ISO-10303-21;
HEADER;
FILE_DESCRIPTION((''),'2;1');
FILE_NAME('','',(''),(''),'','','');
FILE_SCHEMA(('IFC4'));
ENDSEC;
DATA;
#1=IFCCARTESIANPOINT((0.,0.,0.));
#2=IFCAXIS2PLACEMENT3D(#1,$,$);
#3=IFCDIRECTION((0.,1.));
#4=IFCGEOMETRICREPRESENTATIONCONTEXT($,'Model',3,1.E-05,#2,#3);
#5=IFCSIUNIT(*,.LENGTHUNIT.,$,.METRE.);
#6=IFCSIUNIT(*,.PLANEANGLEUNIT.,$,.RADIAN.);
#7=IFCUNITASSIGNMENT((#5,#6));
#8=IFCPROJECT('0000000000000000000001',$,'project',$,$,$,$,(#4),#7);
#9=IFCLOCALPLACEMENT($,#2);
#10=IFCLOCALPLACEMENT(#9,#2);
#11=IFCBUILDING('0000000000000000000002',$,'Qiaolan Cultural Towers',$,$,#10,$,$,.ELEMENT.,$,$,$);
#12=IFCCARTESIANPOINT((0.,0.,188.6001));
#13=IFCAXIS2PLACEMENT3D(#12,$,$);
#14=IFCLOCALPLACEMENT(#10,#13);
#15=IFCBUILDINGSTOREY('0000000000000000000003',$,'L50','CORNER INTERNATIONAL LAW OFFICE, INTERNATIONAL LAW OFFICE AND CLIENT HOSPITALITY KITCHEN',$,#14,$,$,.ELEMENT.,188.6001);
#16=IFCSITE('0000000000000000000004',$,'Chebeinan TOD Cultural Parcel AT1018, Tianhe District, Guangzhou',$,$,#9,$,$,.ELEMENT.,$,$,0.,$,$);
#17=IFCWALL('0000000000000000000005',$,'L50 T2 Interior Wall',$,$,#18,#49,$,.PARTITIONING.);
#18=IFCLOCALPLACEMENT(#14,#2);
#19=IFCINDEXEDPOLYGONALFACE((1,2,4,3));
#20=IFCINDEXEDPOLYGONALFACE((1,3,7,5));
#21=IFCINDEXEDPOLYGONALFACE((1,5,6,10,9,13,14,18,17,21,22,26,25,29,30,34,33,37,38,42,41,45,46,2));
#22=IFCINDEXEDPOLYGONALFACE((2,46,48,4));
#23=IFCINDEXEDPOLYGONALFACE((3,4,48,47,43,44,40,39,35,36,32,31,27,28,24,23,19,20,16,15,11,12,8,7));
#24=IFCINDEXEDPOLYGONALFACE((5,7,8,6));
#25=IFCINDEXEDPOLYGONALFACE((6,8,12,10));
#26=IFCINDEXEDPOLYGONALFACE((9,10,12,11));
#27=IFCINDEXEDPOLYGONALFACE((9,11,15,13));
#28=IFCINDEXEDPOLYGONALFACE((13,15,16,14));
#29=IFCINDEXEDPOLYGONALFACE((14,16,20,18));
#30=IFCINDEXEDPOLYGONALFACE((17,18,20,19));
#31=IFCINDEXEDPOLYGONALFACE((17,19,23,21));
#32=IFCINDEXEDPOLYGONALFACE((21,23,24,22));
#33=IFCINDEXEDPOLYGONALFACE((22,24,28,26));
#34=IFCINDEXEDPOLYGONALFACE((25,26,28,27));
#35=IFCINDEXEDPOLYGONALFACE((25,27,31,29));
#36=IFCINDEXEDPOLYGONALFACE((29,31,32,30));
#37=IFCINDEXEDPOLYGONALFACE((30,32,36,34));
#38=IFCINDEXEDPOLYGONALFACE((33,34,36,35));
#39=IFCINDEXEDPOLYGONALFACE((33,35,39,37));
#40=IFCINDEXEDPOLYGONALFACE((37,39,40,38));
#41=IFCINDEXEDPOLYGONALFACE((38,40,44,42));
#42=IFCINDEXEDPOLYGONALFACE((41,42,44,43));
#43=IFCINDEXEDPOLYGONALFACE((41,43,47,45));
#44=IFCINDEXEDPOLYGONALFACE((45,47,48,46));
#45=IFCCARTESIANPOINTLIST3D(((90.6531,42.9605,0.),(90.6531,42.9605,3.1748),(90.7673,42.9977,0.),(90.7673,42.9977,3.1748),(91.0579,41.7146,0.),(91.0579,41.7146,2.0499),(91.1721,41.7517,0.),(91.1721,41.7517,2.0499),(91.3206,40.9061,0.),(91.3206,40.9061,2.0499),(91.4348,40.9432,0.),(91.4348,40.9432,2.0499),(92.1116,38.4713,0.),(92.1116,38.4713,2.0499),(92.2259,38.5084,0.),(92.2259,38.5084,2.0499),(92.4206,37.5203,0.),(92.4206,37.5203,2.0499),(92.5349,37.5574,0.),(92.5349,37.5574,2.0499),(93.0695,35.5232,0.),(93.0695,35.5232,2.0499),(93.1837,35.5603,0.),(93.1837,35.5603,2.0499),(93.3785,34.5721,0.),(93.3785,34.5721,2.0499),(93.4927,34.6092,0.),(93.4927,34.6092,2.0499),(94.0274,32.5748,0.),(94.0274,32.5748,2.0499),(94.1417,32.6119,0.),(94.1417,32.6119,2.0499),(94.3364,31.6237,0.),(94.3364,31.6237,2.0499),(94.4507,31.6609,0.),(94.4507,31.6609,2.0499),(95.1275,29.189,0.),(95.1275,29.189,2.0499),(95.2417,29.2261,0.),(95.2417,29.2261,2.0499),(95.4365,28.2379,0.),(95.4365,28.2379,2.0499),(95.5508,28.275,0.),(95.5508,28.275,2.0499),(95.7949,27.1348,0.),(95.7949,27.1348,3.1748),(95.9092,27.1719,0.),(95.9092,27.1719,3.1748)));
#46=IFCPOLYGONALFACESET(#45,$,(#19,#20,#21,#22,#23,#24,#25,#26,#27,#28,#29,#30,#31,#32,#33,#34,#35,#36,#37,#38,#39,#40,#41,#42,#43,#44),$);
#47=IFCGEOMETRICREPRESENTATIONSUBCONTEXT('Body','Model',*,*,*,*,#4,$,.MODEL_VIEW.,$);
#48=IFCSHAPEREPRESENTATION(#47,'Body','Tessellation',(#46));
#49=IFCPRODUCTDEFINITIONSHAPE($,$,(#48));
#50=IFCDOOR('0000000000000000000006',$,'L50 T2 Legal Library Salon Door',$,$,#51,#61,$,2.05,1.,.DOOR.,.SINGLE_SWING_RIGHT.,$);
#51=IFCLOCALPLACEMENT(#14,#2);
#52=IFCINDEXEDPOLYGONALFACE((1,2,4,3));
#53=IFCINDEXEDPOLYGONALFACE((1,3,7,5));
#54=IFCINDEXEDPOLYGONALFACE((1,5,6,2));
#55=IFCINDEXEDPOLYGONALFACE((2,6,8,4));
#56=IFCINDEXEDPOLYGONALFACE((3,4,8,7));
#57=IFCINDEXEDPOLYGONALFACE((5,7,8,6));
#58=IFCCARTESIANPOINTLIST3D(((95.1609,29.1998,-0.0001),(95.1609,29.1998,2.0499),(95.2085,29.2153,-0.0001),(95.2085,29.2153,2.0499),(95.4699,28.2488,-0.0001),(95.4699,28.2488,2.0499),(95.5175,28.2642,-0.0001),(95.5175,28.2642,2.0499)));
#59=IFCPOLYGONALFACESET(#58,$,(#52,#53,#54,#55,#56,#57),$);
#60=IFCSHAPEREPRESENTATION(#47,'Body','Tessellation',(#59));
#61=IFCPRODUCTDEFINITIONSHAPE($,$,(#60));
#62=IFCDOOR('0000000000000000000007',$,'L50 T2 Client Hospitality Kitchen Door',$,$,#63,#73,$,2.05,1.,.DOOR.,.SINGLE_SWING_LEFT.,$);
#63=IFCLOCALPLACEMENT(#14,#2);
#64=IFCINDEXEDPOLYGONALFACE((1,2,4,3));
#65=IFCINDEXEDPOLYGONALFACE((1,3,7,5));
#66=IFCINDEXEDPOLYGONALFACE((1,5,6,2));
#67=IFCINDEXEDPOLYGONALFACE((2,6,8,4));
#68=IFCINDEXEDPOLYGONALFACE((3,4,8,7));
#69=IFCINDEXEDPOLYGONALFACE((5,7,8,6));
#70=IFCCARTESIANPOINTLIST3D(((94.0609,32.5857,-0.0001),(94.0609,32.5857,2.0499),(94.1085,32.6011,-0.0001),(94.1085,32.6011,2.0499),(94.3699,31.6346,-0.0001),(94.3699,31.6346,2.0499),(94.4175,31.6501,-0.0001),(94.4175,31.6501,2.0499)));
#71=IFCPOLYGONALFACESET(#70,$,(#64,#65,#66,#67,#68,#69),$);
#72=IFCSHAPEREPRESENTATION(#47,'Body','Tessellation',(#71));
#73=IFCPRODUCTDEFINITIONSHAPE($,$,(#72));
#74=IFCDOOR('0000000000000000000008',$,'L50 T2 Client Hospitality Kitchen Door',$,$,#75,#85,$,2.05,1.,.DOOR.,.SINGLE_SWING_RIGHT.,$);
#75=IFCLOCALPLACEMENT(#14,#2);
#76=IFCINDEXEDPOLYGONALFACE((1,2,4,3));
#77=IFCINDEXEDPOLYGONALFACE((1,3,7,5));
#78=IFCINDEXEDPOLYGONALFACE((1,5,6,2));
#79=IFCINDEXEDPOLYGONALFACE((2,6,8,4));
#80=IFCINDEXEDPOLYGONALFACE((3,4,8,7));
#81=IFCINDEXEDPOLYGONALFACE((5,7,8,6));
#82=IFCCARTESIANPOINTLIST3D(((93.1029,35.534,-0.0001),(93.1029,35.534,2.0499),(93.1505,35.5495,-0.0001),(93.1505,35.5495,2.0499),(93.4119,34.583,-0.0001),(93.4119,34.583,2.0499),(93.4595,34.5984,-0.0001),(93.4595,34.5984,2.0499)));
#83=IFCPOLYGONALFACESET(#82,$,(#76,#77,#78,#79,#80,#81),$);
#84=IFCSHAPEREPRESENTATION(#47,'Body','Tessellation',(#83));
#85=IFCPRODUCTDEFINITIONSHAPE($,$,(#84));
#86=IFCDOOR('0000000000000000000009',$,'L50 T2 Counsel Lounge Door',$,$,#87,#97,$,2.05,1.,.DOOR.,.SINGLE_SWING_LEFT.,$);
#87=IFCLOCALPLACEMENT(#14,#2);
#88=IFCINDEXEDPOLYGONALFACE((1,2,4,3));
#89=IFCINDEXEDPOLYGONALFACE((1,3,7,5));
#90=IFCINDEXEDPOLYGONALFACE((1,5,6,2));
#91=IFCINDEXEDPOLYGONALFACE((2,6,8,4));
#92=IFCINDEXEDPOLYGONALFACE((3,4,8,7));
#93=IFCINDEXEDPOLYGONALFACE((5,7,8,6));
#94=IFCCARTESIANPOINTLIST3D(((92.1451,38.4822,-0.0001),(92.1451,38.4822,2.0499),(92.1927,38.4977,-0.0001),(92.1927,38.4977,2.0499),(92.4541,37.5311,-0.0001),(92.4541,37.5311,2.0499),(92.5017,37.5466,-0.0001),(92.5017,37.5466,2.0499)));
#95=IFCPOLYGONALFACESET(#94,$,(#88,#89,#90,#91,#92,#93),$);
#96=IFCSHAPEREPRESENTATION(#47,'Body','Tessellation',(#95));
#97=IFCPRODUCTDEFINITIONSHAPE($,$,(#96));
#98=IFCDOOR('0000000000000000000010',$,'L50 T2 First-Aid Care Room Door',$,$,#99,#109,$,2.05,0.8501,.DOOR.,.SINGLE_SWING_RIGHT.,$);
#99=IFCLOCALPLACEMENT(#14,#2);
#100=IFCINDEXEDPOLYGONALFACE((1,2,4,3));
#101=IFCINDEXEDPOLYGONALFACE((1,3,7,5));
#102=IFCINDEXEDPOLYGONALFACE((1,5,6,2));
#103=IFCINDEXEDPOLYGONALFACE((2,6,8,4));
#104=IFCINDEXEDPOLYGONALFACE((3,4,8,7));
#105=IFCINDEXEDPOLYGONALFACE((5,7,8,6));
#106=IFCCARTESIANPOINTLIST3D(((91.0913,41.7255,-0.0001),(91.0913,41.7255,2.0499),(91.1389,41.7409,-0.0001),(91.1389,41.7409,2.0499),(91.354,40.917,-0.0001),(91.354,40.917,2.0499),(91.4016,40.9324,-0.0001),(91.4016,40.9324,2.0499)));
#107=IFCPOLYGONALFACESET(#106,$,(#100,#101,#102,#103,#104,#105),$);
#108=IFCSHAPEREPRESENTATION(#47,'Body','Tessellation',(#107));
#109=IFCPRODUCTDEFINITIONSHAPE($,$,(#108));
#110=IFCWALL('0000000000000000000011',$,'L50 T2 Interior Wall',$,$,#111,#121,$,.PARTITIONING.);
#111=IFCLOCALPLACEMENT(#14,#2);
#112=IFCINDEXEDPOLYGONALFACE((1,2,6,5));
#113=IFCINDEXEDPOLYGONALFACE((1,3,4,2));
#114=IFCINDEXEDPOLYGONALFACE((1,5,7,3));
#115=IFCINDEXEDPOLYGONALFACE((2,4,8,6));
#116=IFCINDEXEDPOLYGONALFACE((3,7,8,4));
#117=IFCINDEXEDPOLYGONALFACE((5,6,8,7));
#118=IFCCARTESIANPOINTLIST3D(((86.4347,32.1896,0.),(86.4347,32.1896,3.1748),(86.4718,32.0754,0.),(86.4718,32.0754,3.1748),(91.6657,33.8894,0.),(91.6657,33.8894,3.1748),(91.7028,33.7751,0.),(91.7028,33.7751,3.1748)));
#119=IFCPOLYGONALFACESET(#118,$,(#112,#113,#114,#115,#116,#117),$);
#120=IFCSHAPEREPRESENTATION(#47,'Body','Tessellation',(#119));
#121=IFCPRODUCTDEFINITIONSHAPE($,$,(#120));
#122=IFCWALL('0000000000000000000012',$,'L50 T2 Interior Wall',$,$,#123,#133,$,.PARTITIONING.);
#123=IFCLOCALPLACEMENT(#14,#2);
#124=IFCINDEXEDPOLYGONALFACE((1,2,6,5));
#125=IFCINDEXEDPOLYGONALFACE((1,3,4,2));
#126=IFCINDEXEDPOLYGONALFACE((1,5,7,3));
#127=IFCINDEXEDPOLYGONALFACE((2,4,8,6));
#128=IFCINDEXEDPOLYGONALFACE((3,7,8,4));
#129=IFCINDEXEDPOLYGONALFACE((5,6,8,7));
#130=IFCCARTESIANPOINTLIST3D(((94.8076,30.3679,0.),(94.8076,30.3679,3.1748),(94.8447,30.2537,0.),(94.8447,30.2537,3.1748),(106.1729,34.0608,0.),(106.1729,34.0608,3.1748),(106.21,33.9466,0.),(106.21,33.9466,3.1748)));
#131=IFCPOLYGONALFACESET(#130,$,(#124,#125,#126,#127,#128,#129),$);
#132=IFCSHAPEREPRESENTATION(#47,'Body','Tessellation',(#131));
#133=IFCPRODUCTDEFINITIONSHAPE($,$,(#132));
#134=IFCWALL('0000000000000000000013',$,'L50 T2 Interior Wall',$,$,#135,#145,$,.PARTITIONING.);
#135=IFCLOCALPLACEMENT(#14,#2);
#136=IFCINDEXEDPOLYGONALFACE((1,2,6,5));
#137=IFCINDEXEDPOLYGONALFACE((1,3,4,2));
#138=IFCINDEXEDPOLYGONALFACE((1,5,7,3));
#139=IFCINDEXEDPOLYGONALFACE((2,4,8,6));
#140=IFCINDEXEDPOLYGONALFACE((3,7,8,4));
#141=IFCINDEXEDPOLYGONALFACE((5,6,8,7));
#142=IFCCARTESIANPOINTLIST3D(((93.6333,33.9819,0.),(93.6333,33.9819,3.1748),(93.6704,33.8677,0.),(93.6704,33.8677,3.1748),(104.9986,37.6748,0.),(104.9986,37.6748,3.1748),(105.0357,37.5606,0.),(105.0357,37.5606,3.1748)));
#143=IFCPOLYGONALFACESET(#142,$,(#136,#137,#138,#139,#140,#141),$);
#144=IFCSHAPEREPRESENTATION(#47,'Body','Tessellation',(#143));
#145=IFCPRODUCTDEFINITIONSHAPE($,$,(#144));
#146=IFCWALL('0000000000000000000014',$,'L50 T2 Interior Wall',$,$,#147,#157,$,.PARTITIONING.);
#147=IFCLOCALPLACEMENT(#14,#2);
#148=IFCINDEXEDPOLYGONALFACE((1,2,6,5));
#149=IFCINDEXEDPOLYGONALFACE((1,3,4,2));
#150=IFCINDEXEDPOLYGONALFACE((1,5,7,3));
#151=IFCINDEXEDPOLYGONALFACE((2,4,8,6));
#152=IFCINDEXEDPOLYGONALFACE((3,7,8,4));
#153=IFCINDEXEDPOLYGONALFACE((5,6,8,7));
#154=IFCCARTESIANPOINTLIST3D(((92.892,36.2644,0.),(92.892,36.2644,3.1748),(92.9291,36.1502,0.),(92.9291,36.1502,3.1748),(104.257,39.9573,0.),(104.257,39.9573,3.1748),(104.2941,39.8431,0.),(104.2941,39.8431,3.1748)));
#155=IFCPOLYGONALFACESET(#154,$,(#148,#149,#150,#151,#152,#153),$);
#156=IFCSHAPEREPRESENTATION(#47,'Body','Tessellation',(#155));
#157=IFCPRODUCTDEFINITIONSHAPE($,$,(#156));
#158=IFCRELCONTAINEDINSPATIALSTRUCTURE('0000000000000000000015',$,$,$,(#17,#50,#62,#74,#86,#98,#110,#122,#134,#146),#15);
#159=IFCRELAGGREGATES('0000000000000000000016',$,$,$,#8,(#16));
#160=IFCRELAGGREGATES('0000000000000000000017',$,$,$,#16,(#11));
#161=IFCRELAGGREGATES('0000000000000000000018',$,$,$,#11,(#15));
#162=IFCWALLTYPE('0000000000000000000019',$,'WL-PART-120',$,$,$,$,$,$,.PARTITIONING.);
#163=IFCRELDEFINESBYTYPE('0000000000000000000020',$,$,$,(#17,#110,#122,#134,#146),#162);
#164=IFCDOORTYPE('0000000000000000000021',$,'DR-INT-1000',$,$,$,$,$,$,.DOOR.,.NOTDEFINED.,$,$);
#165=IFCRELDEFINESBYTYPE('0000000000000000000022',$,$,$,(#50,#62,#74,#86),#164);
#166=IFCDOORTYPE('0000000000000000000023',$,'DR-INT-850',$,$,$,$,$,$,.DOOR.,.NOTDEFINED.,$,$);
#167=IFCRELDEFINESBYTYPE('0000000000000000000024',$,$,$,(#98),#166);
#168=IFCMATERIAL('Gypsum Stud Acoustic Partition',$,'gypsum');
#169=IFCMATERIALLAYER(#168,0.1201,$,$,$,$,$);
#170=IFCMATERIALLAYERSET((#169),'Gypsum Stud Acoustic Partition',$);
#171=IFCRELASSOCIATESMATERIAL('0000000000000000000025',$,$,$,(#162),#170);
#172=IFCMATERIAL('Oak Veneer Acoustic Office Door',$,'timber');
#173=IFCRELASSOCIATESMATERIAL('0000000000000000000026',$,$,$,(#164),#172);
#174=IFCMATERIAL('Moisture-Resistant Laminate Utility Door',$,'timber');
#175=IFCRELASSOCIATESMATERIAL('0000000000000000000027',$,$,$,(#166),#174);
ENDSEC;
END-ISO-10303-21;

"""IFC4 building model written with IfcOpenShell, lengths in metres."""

from ifc_helpers import new_model, si_unit, direction, frame, frame_2d, origin, place, context, subcontext, project, spatial, rectangle, extrude, material, layer, layer_set, type_object, element, fill, save


model = new_model("IFC4")

# Units and contexts
model_context = context("Model", 3, precision=1e-05, world=origin(), true_north=direction((0.0, 1.0)))
body_context = subcontext(model_context, "Body", "Model", "MODEL_VIEW")
ifc_project = project(units=[si_unit("LENGTHUNIT", "METRE"), si_unit("PLANEANGLEUNIT", "RADIAN")], contexts=[model_context])

# Site, building, storey
site_placement = place(None, origin())
site = spatial("IfcSite", under=ifc_project, at=site_placement, Name="Chebeinan TOD Cultural Parcel AT1018, Tianhe District, Guangzhou", CompositionType="ELEMENT", RefElevation=0.0)
building_placement = place(site_placement, origin())
building = spatial("IfcBuilding", under=site, at=building_placement, Name="Qiaolan Cultural Towers", CompositionType="ELEMENT")
storey_placement = place(building_placement, frame((0.0, 0.0, 188.6001)))
storey = spatial("IfcBuildingStorey", under=building, at=storey_placement, Name="L50", Description="CORNER INTERNATIONAL LAW OFFICE, INTERNATIONAL LAW OFFICE AND CLIENT HOSPITALITY KITCHEN", CompositionType="ELEMENT", Elevation=188.6001)

# Shared definitions
ifc_material_1 = material(Name="Gypsum Stud Acoustic Partition", Category="gypsum")
ifc_layer_1 = layer(ifc_material_1, 0.1201)
ifc_layer_set_1 = layer_set([ifc_layer_1], Name="Gypsum Stud Acoustic Partition")
wall_type_1 = type_object("IfcWallType", Name="WL-PART-120", PredefinedType="PARTITIONING", material=ifc_layer_set_1)

# Wall, openings, doors
wall_1_placement = place(storey_placement, frame((95.8521, 27.1533, 0.0), z_axis=(0.0, 0.0, 1.0), x_axis=(-0.309004, 0.951061, 0.0)))
wall_1 = element("IfcWall", 1, at=wall_1_placement, inside=storey, type_object=wall_type_1, Name="L50 T2 Interior Wall", PredefinedType="PARTITIONING", context=body_context, shape_type="SweptSolid", body=[
    extrude(rectangle(XDim=16.6401, YDim=0.1201, at=frame_2d((8.3201, 0.0))), origin(), (0.0, 0.0, 1.0), 3.1748),
])
opening_1_placement = place(wall_1_placement, frame((1.1599, 0.0, 0.0)))
opening_1 = element("IfcOpeningElement", 2, at=opening_1_placement, cuts=wall_1, PredefinedType="OPENING", context=body_context, shape_type="SweptSolid", body=[
    extrude(rectangle(XDim=1.0, YDim=2.05, at=frame_2d((0.5, 1.0249))), frame((0.0, 0.0701, 0.0), z_axis=(0.0, -1.0, 0.0), x_axis=(1.0, 0.0, 0.0)), (0.0, 0.0, 1.0), 0.1401),
])
opening_2_placement = place(wall_1_placement, frame((4.72, 0.0, 0.0)))
opening_2 = element("IfcOpeningElement", 3, at=opening_2_placement, cuts=wall_1, PredefinedType="OPENING", context=body_context, shape_type="SweptSolid", body=[
    extrude(rectangle(XDim=1.0, YDim=2.05, at=frame_2d((0.5, 1.0249))), frame((0.0, 0.0701, 0.0), z_axis=(0.0, -1.0, 0.0), x_axis=(1.0, 0.0, 0.0)), (0.0, 0.0, 1.0), 0.1401),
])
opening_3_placement = place(wall_1_placement, frame((7.8201, 0.0, 0.0)))
opening_3 = element("IfcOpeningElement", 4, at=opening_3_placement, cuts=wall_1, PredefinedType="OPENING", context=body_context, shape_type="SweptSolid", body=[
    extrude(rectangle(XDim=1.0, YDim=2.05, at=frame_2d((0.5, 1.0249))), frame((0.0, 0.0701, 0.0), z_axis=(0.0, -1.0, 0.0), x_axis=(1.0, 0.0, 0.0)), (0.0, 0.0, 1.0), 0.1401),
])
opening_4_placement = place(wall_1_placement, frame((10.9199, 0.0, 0.0)))
opening_4 = element("IfcOpeningElement", 5, at=opening_4_placement, cuts=wall_1, PredefinedType="OPENING", context=body_context, shape_type="SweptSolid", body=[
    extrude(rectangle(XDim=1.0, YDim=2.05, at=frame_2d((0.5, 1.0249))), frame((0.0, 0.0701, 0.0), z_axis=(0.0, -1.0, 0.0), x_axis=(1.0, 0.0, 0.0)), (0.0, 0.0, 1.0), 0.1401),
])
opening_5_placement = place(wall_1_placement, frame((14.48, 0.0, 0.0)))
opening_5 = element("IfcOpeningElement", 6, at=opening_5_placement, cuts=wall_1, PredefinedType="OPENING", context=body_context, shape_type="SweptSolid", body=[
    extrude(rectangle(XDim=0.8501, YDim=2.05, at=frame_2d((0.425, 1.0249))), frame((0.0, 0.0701, 0.0), z_axis=(0.0, -1.0, 0.0), x_axis=(1.0, 0.0, 0.0)), (0.0, 0.0, 1.0), 0.1401),
])
ifc_material_2 = material(Name="Oak Veneer Acoustic Office Door", Category="timber")
door_type_1 = type_object("IfcDoorType", Name="DR-INT-1000", OperationType="NOTDEFINED", PredefinedType="DOOR", material=ifc_material_2)
door_1_placement = place(opening_1_placement, origin())
door_1 = element("IfcDoor", 7, at=door_1_placement, inside=storey, type_object=door_type_1, Name="L50 T2 Legal Library Salon Door", OperationType="SINGLE_SWING_RIGHT", OverallHeight=2.05, OverallWidth=1.0, PredefinedType="DOOR", context=body_context, shape_type="SweptSolid", body=[
    extrude(rectangle(XDim=1.0, YDim=2.05, at=frame_2d((0.5, 1.0249))), frame((0.0, 0.0249, 0.0), z_axis=(0.0, -1.0, 0.0), x_axis=(1.0, 0.0, 0.0)), (0.0, 0.0, 1.0), 0.05),
])
fill(opening_1, door_1)
door_2_placement = place(opening_2_placement, origin())
door_2 = element("IfcDoor", 8, at=door_2_placement, inside=storey, type_object=door_type_1, Name="L50 T2 Client Hospitality Kitchen Door", OperationType="SINGLE_SWING_LEFT", OverallHeight=2.05, OverallWidth=1.0, PredefinedType="DOOR", context=body_context, shape_type="SweptSolid", body=[
    extrude(rectangle(XDim=1.0, YDim=2.05, at=frame_2d((0.5, 1.0249))), frame((0.0, 0.0249, 0.0), z_axis=(0.0, -1.0, 0.0), x_axis=(1.0, 0.0, 0.0)), (0.0, 0.0, 1.0), 0.05),
])
fill(opening_2, door_2)
door_3_placement = place(opening_3_placement, origin())
door_3 = element("IfcDoor", 9, at=door_3_placement, inside=storey, type_object=door_type_1, Name="L50 T2 Client Hospitality Kitchen Door", OperationType="SINGLE_SWING_RIGHT", OverallHeight=2.05, OverallWidth=1.0, PredefinedType="DOOR", context=body_context, shape_type="SweptSolid", body=[
    extrude(rectangle(XDim=1.0, YDim=2.05, at=frame_2d((0.5, 1.0249))), frame((0.0, 0.0249, 0.0), z_axis=(0.0, -1.0, 0.0), x_axis=(1.0, 0.0, 0.0)), (0.0, 0.0, 1.0), 0.05),
])
fill(opening_3, door_3)
door_4_placement = place(opening_4_placement, origin())
door_4 = element("IfcDoor", 10, at=door_4_placement, inside=storey, type_object=door_type_1, Name="L50 T2 Counsel Lounge Door", OperationType="SINGLE_SWING_LEFT", OverallHeight=2.05, OverallWidth=1.0, PredefinedType="DOOR", context=body_context, shape_type="SweptSolid", body=[
    extrude(rectangle(XDim=1.0, YDim=2.05, at=frame_2d((0.5, 1.0249))), frame((0.0, 0.0249, 0.0), z_axis=(0.0, -1.0, 0.0), x_axis=(1.0, 0.0, 0.0)), (0.0, 0.0, 1.0), 0.05),
])
fill(opening_4, door_4)
ifc_material_3 = material(Name="Moisture-Resistant Laminate Utility Door", Category="timber")
door_type_2 = type_object("IfcDoorType", Name="DR-INT-850", OperationType="NOTDEFINED", PredefinedType="DOOR", material=ifc_material_3)
door_5_placement = place(opening_5_placement, origin())
door_5 = element("IfcDoor", 11, at=door_5_placement, inside=storey, type_object=door_type_2, Name="L50 T2 First-Aid Care Room Door", OperationType="SINGLE_SWING_RIGHT", OverallHeight=2.05, OverallWidth=0.8501, PredefinedType="DOOR", context=body_context, shape_type="SweptSolid", body=[
    extrude(rectangle(XDim=0.8501, YDim=2.05, at=frame_2d((0.425, 1.0249))), frame((0.0, 0.0249, 0.0), z_axis=(0.0, -1.0, 0.0), x_axis=(1.0, 0.0, 0.0)), (0.0, 0.0, 1.0), 0.05),
])
fill(opening_5, door_5)

# Walls
wall_2_placement = place(storey_placement, frame((86.4534, 32.1326, 0.0), z_axis=(0.0, 0.0, 1.0), x_axis=(0.951053, 0.309028, 0.0)))
element("IfcWall", 12, at=wall_2_placement, inside=storey, type_object=wall_type_1, Name="L50 T2 Interior Wall", PredefinedType="PARTITIONING", context=body_context, shape_type="SweptSolid", body=[
    extrude(rectangle(XDim=5.5002, YDim=0.1201, at=frame_2d((2.75, 0.0))), origin(), (0.0, 0.0, 1.0), 3.1748),
])
for number, where, z_axis, x_axis, name in (
    (13, (94.8262, 30.3108, 0.0), (0.0, 0.0, 1.0), (0.951054, 0.309023, 0.0), "L50 T2 Interior Wall"),
    (14, (93.6519, 33.9248, 0.0), (0.0, 0.0, 1.0), (0.951054, 0.309023, 0.0), "L50 T2 Interior Wall"),
):
    element("IfcWall", number, at=place(storey_placement, frame(where, z_axis=z_axis, x_axis=x_axis)), inside=storey, type_object=wall_type_1, Name=name, PredefinedType="PARTITIONING", context=body_context, shape_type="SweptSolid", body=[
        extrude(rectangle(XDim=11.9502, YDim=0.1201, at=frame_2d((5.9751, 0.0))), origin(), (0.0, 0.0, 1.0), 3.1748),
    ])
wall_3_placement = place(storey_placement, frame((92.9104, 36.2073, 0.0), z_axis=(0.0, 0.0, 1.0), x_axis=(0.951053, 0.309029, 0.0)))
element("IfcWall", 15, at=wall_3_placement, inside=storey, type_object=wall_type_1, Name="L50 T2 Interior Wall", PredefinedType="PARTITIONING", context=body_context, shape_type="SweptSolid", body=[
    extrude(rectangle(XDim=11.95, YDim=0.1201, at=frame_2d((5.9751, 0.0))), origin(), (0.0, 0.0, 1.0), 3.1748),
])

save(model, "model.ifc")
